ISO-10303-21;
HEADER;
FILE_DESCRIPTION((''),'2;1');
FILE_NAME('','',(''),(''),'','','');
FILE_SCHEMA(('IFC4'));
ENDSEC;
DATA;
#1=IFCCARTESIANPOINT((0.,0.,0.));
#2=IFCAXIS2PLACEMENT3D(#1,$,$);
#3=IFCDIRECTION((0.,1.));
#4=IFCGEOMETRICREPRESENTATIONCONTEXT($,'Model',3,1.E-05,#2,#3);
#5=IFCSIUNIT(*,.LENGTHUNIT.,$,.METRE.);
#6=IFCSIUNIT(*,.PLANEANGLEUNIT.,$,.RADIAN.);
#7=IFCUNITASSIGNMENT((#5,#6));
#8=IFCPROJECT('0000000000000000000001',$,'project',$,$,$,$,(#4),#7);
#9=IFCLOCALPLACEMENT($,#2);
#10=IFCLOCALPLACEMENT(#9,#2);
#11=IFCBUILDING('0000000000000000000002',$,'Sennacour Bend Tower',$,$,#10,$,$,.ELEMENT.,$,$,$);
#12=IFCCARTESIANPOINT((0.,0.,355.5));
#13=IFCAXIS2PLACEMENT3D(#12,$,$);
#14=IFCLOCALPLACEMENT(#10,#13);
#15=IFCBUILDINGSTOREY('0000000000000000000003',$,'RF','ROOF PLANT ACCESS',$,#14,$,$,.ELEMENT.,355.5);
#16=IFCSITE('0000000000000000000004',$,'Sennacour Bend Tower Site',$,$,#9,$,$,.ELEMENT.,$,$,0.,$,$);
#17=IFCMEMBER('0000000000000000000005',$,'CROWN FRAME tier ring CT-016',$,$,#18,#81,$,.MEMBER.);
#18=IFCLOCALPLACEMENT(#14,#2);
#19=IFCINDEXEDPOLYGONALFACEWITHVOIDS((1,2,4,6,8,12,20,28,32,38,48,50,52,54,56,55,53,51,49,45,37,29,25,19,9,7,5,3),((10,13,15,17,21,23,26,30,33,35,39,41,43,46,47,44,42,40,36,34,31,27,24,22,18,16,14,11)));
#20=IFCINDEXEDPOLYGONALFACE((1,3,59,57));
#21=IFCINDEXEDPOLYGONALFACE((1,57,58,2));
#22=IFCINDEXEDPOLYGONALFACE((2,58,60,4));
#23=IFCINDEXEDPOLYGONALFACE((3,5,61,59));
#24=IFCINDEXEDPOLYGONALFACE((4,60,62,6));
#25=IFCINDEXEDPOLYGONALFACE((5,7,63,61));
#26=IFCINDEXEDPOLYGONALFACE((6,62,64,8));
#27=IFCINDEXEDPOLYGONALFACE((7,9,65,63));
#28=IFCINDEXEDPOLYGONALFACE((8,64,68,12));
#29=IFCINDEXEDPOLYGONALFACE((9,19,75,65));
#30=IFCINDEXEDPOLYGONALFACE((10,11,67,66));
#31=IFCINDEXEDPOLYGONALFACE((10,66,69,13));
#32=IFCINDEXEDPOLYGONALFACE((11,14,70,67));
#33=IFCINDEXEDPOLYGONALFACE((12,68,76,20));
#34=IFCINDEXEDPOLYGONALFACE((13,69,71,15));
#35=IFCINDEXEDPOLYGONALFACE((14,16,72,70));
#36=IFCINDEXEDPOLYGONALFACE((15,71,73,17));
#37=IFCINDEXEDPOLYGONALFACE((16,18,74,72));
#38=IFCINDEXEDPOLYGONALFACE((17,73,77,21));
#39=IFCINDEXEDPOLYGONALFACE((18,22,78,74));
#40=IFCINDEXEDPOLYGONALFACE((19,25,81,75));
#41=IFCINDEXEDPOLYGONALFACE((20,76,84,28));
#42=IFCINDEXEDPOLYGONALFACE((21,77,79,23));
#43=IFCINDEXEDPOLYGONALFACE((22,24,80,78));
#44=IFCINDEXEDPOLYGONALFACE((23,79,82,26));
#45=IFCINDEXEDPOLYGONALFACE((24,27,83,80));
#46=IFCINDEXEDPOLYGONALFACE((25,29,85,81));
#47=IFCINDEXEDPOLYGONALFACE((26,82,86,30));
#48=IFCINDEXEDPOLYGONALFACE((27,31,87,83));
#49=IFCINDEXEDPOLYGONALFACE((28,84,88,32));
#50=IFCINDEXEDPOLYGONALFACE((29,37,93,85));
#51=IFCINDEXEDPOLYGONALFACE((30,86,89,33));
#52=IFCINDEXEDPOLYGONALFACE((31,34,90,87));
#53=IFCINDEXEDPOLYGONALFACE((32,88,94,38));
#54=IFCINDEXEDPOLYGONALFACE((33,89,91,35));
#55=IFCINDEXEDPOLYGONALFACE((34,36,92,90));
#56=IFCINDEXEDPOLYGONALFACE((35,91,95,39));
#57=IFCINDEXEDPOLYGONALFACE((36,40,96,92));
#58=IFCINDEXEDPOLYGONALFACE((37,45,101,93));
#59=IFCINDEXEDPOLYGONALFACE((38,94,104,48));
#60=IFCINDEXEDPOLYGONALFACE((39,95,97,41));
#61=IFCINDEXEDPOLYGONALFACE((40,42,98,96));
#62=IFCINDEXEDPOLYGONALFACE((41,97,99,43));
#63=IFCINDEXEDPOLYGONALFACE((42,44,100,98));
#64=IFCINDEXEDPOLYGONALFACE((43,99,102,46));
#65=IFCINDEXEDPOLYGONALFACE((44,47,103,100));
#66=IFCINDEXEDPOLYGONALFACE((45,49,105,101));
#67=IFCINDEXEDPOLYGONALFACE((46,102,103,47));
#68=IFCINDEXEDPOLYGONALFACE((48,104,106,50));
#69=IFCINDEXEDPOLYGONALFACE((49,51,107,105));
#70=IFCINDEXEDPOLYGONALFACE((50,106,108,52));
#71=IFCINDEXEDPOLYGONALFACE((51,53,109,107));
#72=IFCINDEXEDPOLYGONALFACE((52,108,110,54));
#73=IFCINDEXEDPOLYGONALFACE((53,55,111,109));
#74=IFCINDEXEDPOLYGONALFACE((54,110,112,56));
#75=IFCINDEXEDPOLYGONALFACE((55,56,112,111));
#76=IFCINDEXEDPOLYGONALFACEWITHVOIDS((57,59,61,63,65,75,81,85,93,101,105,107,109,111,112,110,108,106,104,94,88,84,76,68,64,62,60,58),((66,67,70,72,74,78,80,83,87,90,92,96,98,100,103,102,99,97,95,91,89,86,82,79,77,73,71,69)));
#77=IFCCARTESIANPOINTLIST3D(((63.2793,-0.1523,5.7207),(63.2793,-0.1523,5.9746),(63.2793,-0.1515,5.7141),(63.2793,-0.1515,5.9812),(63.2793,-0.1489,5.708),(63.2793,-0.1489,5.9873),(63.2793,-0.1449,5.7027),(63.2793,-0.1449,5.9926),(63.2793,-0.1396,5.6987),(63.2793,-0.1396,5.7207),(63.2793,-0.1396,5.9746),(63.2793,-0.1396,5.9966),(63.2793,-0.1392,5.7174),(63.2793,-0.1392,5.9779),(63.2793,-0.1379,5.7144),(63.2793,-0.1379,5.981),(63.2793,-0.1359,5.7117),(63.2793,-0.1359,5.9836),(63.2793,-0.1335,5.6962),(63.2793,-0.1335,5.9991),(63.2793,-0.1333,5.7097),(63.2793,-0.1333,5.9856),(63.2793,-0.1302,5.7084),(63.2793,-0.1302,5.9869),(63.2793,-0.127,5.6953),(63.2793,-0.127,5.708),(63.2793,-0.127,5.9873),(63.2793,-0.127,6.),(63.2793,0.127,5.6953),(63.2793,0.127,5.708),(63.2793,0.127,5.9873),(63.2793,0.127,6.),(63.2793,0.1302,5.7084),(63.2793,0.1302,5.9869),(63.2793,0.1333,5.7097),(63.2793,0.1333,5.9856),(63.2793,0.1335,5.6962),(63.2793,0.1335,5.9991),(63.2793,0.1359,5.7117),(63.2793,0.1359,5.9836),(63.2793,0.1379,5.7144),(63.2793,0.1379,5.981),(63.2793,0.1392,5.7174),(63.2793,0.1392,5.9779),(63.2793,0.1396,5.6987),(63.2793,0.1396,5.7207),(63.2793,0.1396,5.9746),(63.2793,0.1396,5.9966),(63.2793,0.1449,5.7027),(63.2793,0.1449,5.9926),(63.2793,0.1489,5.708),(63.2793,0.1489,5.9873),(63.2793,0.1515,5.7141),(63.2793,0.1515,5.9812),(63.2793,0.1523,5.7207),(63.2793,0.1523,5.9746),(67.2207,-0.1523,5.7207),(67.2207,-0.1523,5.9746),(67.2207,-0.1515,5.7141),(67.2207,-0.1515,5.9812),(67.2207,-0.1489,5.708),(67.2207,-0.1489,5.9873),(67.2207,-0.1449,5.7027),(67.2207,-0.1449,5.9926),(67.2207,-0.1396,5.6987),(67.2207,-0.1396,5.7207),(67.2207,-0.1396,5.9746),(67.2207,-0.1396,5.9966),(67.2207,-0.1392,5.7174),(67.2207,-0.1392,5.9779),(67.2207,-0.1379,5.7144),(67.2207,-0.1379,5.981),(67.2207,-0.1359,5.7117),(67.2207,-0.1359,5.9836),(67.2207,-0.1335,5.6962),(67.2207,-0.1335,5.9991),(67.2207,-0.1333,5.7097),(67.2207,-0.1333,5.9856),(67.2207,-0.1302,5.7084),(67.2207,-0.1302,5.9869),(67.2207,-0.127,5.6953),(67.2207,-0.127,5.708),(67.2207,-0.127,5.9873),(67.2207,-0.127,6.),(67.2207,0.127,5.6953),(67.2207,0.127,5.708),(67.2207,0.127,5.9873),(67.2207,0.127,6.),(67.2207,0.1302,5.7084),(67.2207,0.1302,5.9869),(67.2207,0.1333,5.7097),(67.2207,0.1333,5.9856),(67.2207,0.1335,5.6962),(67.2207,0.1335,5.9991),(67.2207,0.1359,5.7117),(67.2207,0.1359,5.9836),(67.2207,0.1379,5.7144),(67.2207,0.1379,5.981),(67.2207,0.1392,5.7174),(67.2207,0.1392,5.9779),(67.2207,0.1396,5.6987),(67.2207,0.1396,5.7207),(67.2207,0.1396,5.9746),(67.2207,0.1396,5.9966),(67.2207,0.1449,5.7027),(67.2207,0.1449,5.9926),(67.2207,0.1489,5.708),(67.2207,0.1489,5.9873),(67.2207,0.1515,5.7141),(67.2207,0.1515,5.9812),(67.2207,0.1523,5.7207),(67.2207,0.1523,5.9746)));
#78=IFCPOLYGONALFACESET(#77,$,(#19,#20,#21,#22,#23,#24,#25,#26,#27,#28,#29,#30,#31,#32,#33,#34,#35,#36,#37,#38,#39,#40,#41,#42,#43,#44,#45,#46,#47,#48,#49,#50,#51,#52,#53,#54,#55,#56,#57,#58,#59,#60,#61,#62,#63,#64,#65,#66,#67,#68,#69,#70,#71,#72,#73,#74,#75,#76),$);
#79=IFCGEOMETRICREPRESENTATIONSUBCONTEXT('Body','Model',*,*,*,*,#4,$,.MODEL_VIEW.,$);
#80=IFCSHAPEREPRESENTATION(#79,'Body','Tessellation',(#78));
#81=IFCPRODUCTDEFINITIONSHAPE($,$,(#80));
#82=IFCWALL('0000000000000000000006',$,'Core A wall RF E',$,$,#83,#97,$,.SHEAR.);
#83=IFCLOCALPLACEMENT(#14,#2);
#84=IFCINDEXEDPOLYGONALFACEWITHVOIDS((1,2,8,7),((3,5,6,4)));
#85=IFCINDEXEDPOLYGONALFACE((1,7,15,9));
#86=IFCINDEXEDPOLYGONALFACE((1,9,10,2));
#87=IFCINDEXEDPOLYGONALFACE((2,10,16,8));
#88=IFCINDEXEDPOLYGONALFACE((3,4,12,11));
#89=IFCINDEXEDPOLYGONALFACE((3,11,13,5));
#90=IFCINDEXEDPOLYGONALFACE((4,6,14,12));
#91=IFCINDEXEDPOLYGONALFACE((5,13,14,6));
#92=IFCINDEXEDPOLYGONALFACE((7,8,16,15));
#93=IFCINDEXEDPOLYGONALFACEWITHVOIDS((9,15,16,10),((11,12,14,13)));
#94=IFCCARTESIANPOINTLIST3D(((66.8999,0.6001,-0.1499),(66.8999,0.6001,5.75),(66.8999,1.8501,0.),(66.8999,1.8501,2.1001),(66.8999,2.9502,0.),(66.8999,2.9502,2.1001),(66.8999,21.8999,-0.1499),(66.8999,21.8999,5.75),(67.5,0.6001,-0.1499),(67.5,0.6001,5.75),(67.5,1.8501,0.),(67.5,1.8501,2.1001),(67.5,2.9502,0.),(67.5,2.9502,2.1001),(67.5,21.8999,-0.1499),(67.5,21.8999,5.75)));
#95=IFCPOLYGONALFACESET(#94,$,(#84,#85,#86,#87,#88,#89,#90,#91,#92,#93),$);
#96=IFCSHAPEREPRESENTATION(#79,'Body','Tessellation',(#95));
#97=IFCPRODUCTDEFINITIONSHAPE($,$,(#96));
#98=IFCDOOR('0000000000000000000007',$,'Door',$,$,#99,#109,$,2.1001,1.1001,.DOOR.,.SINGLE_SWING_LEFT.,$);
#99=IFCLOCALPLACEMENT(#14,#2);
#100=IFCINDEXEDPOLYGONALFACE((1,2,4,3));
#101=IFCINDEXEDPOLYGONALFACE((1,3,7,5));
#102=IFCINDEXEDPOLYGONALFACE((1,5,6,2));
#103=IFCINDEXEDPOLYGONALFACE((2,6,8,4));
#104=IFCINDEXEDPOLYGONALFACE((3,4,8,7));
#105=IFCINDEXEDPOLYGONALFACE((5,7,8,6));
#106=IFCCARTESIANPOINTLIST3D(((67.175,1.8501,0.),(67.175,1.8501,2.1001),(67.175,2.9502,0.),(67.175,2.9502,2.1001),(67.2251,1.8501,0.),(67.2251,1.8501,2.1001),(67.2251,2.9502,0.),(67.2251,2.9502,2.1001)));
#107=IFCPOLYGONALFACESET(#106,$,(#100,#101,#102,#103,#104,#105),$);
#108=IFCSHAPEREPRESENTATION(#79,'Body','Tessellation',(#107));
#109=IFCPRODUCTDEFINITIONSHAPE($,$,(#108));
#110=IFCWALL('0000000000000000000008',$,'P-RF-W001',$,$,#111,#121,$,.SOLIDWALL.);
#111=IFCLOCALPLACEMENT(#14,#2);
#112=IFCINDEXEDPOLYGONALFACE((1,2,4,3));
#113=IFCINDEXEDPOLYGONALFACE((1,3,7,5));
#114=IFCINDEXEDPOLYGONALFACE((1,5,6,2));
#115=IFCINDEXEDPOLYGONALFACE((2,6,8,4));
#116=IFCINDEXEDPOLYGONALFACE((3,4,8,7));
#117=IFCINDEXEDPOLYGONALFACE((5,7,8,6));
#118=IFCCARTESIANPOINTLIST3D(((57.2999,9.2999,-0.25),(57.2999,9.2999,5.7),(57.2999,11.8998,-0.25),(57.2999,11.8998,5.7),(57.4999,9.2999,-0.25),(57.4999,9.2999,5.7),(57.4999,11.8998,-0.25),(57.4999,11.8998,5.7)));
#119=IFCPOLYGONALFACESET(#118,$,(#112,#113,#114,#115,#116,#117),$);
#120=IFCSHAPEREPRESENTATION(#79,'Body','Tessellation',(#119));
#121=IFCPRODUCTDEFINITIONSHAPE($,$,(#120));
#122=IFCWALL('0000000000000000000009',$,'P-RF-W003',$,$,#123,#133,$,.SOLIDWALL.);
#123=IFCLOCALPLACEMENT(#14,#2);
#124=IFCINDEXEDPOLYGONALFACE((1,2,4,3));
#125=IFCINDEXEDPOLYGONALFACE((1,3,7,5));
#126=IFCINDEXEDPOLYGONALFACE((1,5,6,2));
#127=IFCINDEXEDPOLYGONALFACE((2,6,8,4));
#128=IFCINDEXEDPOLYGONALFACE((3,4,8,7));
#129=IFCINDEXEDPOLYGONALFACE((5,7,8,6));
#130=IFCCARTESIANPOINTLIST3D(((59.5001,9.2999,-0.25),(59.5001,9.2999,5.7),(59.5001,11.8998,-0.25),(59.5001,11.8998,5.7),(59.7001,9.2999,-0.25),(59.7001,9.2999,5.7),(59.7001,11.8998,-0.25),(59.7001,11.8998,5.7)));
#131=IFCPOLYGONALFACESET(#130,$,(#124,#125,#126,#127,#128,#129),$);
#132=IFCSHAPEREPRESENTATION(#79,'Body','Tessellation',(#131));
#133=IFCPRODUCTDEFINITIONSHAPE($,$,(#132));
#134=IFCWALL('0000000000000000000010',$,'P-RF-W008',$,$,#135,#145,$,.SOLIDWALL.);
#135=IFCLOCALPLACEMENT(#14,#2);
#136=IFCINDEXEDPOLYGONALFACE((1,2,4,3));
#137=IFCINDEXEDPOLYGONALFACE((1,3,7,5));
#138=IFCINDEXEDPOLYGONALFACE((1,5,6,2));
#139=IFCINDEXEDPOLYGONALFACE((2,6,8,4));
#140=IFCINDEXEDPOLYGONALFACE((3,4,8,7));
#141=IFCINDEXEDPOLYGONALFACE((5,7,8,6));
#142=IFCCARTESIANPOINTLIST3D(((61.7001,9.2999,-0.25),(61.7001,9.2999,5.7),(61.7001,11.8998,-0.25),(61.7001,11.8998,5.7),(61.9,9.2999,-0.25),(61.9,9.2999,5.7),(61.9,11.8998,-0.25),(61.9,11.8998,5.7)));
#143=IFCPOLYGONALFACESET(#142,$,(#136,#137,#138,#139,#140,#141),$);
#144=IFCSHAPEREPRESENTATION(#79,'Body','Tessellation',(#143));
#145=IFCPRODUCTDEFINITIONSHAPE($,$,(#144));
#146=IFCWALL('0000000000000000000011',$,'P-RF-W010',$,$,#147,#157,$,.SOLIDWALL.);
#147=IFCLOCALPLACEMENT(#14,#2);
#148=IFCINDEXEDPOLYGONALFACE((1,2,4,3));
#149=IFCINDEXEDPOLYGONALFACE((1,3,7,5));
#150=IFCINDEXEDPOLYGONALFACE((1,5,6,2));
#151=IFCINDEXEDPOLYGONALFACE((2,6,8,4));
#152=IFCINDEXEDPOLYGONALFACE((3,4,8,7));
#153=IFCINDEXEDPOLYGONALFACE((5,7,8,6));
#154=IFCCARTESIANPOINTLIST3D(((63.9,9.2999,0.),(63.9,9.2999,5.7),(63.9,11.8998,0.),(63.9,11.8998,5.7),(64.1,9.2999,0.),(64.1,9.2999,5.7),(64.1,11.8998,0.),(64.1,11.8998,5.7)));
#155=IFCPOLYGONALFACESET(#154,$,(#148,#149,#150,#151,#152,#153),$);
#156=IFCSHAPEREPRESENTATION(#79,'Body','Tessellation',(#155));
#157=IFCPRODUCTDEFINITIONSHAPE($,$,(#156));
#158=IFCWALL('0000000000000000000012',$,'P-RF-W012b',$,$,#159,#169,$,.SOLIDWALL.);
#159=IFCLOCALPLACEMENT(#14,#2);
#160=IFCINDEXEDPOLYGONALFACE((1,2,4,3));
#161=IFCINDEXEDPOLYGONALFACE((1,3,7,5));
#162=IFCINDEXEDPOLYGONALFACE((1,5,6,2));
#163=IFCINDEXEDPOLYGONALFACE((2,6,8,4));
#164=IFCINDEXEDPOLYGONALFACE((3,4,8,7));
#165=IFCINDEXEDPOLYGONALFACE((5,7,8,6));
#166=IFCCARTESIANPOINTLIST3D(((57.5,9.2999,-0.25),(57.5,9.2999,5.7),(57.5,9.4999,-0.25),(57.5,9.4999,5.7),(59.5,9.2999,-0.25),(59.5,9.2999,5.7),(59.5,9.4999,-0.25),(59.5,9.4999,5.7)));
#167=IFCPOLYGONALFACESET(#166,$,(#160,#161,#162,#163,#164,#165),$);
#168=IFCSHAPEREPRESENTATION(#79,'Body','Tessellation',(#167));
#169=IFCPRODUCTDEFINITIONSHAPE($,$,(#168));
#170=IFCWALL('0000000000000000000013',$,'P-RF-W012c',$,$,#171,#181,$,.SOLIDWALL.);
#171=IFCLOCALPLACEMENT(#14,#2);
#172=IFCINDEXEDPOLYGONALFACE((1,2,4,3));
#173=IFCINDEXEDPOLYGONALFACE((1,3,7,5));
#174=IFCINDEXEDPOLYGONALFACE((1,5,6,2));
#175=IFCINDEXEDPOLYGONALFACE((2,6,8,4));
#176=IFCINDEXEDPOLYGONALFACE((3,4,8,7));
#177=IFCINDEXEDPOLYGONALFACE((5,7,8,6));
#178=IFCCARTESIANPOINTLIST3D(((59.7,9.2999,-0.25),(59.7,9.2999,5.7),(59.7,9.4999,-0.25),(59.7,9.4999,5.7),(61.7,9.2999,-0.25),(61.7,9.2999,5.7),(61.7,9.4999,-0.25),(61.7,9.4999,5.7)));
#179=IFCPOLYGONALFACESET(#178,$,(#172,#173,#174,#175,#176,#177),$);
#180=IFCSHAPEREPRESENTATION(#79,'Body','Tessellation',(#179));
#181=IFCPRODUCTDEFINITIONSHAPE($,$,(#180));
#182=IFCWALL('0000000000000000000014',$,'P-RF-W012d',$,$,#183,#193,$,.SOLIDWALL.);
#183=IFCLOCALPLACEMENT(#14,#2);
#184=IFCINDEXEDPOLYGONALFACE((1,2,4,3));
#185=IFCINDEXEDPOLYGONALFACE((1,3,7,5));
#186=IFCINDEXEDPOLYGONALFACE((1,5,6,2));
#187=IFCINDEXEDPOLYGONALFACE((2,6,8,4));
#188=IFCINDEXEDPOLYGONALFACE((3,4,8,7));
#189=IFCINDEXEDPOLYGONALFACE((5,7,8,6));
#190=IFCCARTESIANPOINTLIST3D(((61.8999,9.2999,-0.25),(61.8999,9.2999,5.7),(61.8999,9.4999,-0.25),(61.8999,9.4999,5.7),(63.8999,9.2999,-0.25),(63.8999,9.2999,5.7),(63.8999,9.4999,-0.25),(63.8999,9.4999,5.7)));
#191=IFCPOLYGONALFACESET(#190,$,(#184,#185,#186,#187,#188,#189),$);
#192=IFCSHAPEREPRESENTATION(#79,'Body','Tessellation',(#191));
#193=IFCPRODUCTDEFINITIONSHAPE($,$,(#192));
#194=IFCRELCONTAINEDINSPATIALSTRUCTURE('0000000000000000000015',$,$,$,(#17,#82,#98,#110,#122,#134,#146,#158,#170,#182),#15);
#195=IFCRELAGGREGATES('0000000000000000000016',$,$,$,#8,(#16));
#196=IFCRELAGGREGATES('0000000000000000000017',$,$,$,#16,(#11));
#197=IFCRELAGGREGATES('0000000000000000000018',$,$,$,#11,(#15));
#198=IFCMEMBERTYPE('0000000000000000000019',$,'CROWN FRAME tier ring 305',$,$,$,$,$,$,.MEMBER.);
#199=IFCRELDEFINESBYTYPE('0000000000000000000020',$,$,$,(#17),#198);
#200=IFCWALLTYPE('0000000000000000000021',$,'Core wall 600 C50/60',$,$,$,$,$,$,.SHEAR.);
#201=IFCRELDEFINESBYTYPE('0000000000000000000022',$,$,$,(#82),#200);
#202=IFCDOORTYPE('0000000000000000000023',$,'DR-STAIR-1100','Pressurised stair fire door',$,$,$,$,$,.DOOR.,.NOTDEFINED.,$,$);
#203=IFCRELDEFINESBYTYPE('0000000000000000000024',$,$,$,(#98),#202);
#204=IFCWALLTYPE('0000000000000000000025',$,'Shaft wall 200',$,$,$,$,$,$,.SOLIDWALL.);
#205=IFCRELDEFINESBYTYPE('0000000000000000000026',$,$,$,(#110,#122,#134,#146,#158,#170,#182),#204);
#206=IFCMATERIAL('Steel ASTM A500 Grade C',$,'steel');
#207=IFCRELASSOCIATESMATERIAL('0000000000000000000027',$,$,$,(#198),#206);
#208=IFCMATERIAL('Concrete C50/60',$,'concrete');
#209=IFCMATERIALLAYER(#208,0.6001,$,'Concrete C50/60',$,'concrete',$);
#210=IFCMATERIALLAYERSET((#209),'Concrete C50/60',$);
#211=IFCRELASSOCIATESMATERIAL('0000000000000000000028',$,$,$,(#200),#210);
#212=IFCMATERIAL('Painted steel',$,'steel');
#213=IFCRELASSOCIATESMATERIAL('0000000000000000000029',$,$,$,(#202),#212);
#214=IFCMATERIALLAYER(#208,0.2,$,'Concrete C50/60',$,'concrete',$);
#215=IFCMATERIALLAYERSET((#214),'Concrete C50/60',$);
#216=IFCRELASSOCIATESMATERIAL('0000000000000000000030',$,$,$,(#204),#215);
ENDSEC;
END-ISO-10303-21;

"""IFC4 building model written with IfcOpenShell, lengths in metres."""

from ifc_helpers import new_model, si_unit, direction, frame, frame_2d, origin, origin_2d, place, context, subcontext, project, spatial, rectangle, hollow_rectangle, extrude, material, layer, layer_set, material_profile, profile_set, type_object, element, fill, save


model = new_model("IFC4")

# Units and contexts
model_context = context("Model", 3, precision=1e-05, world=origin(), true_north=direction((0.0, 1.0)))
body_context = subcontext(model_context, "Body", "Model", "MODEL_VIEW")
ifc_project = project(units=[si_unit("LENGTHUNIT", "METRE"), si_unit("PLANEANGLEUNIT", "RADIAN")], contexts=[model_context])

# Site, building, storey
site_placement = place(None, origin())
site = spatial("IfcSite", under=ifc_project, at=site_placement, Name="Sennacour Bend Tower Site", CompositionType="ELEMENT", RefElevation=0.0)
building_placement = place(site_placement, origin())
building = spatial("IfcBuilding", under=site, at=building_placement, Name="Sennacour Bend Tower", CompositionType="ELEMENT")
storey_placement = place(building_placement, frame((0.0, 0.0, 355.5)))
storey = spatial("IfcBuildingStorey", under=building, at=storey_placement, Name="RF", Description="ROOF PLANT ACCESS", CompositionType="ELEMENT", Elevation=355.5)

# Shared definitions
ifc_material_1 = material(Name="Steel ASTM A500 Grade C", Category="steel")

# Member
ifc_material_profile_1 = material_profile(ifc_material_1, hollow_rectangle(XDim=0.3047, YDim=0.3047, WallThickness=0.0127, InnerFilletRadius=0.0127, OuterFilletRadius=0.0254, at=origin_2d()), Name="Steel ASTM A500 Grade C", Category="steel")
ifc_profile_set_1 = profile_set([ifc_material_profile_1], Name="Steel ASTM A500 Grade C")
member_type_1 = type_object("IfcMemberType", Name="CROWN FRAME tier ring 305", PredefinedType="MEMBER", material=ifc_profile_set_1)
for number, where, z_axis, x_axis, name in (
    (1, (63.2793, 0.0, 5.8477), (1.0, 0.0, 0.0), (0.0, 1.0, 0.0), "CROWN FRAME tier ring CT-016"),
):
    element("IfcMember", number, at=place(storey_placement, frame(where, z_axis=z_axis, x_axis=x_axis)), inside=storey, type_object=member_type_1, Name=name, PredefinedType="MEMBER", context=body_context, shape_type="SweptSolid", body=[
        extrude(hollow_rectangle(XDim=0.3047, YDim=0.3047, WallThickness=0.0127, InnerFilletRadius=0.0127, OuterFilletRadius=0.0254, at=origin_2d()), origin(), (0.0, 0.0, 1.0), 3.9414),
    ])

# Wall, opening, door
ifc_material_2 = material(Name="Concrete C50/60", Category="concrete")
ifc_layer_1 = layer(ifc_material_2, 0.6001, Name="Concrete C50/60", Category="concrete")
ifc_layer_set_1 = layer_set([ifc_layer_1], Name="Concrete C50/60")
wall_type_1 = type_object("IfcWallType", Name="Core wall 600 C50/60", PredefinedType="SHEAR", material=ifc_layer_set_1)
wall_1_placement = place(storey_placement, frame((67.2, 0.6001, -0.1499), z_axis=(0.0, 0.0, 1.0), x_axis=(0.0, 1.0, 0.0)))
wall_1 = element("IfcWall", 2, at=wall_1_placement, inside=storey, type_object=wall_type_1, Name="Core A wall RF E", PredefinedType="SHEAR", context=body_context, shape_type="SweptSolid", body=[
    extrude(rectangle(XDim=21.2998, YDim=0.6001, at=frame_2d((10.6499, 0.0))), origin(), (0.0, 0.0, 1.0), 5.8999),
])
opening_1_placement = place(wall_1_placement, frame((1.25, 0.0, 0.1499)))
opening_1 = element("IfcOpeningElement", 3, at=opening_1_placement, cuts=wall_1, PredefinedType="OPENING", context=body_context, shape_type="SweptSolid", body=[
    extrude(rectangle(XDim=1.1001, YDim=2.1001, at=frame_2d((0.55, 1.05))), frame((0.0, 0.3101, 0.0), z_axis=(0.0, -1.0, 0.0), x_axis=(1.0, 0.0, 0.0)), (0.0, 0.0, 1.0), 0.6201),
])
ifc_material_3 = material(Name="Painted steel", Category="steel")
door_type = type_object("IfcDoorType", Name="DR-STAIR-1100", Description="Pressurised stair fire door", OperationType="NOTDEFINED", PredefinedType="DOOR", material=ifc_material_3)
door_1_placement = place(opening_1_placement, origin())
door_1 = element("IfcDoor", 4, at=door_1_placement, inside=storey, type_object=door_type, Name="Door", OperationType="SINGLE_SWING_LEFT", OverallHeight=2.1001, OverallWidth=1.1001, PredefinedType="DOOR", context=body_context, shape_type="SweptSolid", body=[
    extrude(rectangle(XDim=1.1001, YDim=2.1001, at=frame_2d((0.55, 1.05))), frame((0.0, 0.0249, 0.0), z_axis=(0.0, -1.0, 0.0), x_axis=(1.0, 0.0, 0.0)), (0.0, 0.0, 1.0), 0.05),
])
fill(opening_1, door_1)

# Walls
ifc_layer_2 = layer(ifc_material_2, 0.2, Name="Concrete C50/60", Category="concrete")
ifc_layer_set_2 = layer_set([ifc_layer_2], Name="Concrete C50/60")
wall_type_2 = type_object("IfcWallType", Name="Shaft wall 200", PredefinedType="SOLIDWALL", material=ifc_layer_set_2)
for number, where, z_axis, x_axis, name in (
    (5, (57.3999, 9.3, -0.25), (0.0, 0.0, 1.0), (0.0, 1.0, 0.0), "P-RF-W001"),
    (6, (59.6001, 9.3, -0.25), (0.0, 0.0, 1.0), (0.0, 1.0, 0.0), "P-RF-W003"),
    (7, (61.8, 9.3, -0.25), (0.0, 0.0, 1.0), (0.0, 1.0, 0.0), "P-RF-W008"),
):
    element("IfcWall", number, at=place(storey_placement, frame(where, z_axis=z_axis, x_axis=x_axis)), inside=storey, type_object=wall_type_2, Name=name, PredefinedType="SOLIDWALL", context=body_context, shape_type="SweptSolid", body=[
        extrude(rectangle(XDim=2.5999, YDim=0.2, at=frame_2d((1.2998, 0.0))), origin(), (0.0, 0.0, 1.0), 5.95),
    ])
wall_2_placement = place(storey_placement, frame((64.0, 9.3, 0.0), z_axis=(0.0, 0.0, 1.0), x_axis=(0.0, 1.0, 0.0)))
element("IfcWall", 8, at=wall_2_placement, inside=storey, type_object=wall_type_2, Name="P-RF-W010", PredefinedType="SOLIDWALL", context=body_context, shape_type="SweptSolid", body=[
    extrude(rectangle(XDim=2.5999, YDim=0.2, at=frame_2d((1.2998, 0.0))), origin(), (0.0, 0.0, 1.0), 5.7),
])
for number, where, z_axis, x_axis, name in (
    (9, (57.5, 9.3999, -0.25), (0.0, 0.0, 1.0), (1.0, 0.0, 0.0), "P-RF-W012b"),
    (10, (59.7, 9.3999, -0.25), (0.0, 0.0, 1.0), (1.0, 0.0, 0.0), "P-RF-W012c"),
    (11, (61.8999, 9.3999, -0.25), (0.0, 0.0, 1.0), (1.0, 0.0, 0.0), "P-RF-W012d"),
):
    element("IfcWall", number, at=place(storey_placement, frame(where, z_axis=z_axis, x_axis=x_axis)), inside=storey, type_object=wall_type_2, Name=name, PredefinedType="SOLIDWALL", context=body_context, shape_type="SweptSolid", body=[
        extrude(rectangle(XDim=2.0, YDim=0.2, at=frame_2d((1.0, 0.0))), origin(), (0.0, 0.0, 1.0), 5.95),
    ])

save(model, "model.ifc")
